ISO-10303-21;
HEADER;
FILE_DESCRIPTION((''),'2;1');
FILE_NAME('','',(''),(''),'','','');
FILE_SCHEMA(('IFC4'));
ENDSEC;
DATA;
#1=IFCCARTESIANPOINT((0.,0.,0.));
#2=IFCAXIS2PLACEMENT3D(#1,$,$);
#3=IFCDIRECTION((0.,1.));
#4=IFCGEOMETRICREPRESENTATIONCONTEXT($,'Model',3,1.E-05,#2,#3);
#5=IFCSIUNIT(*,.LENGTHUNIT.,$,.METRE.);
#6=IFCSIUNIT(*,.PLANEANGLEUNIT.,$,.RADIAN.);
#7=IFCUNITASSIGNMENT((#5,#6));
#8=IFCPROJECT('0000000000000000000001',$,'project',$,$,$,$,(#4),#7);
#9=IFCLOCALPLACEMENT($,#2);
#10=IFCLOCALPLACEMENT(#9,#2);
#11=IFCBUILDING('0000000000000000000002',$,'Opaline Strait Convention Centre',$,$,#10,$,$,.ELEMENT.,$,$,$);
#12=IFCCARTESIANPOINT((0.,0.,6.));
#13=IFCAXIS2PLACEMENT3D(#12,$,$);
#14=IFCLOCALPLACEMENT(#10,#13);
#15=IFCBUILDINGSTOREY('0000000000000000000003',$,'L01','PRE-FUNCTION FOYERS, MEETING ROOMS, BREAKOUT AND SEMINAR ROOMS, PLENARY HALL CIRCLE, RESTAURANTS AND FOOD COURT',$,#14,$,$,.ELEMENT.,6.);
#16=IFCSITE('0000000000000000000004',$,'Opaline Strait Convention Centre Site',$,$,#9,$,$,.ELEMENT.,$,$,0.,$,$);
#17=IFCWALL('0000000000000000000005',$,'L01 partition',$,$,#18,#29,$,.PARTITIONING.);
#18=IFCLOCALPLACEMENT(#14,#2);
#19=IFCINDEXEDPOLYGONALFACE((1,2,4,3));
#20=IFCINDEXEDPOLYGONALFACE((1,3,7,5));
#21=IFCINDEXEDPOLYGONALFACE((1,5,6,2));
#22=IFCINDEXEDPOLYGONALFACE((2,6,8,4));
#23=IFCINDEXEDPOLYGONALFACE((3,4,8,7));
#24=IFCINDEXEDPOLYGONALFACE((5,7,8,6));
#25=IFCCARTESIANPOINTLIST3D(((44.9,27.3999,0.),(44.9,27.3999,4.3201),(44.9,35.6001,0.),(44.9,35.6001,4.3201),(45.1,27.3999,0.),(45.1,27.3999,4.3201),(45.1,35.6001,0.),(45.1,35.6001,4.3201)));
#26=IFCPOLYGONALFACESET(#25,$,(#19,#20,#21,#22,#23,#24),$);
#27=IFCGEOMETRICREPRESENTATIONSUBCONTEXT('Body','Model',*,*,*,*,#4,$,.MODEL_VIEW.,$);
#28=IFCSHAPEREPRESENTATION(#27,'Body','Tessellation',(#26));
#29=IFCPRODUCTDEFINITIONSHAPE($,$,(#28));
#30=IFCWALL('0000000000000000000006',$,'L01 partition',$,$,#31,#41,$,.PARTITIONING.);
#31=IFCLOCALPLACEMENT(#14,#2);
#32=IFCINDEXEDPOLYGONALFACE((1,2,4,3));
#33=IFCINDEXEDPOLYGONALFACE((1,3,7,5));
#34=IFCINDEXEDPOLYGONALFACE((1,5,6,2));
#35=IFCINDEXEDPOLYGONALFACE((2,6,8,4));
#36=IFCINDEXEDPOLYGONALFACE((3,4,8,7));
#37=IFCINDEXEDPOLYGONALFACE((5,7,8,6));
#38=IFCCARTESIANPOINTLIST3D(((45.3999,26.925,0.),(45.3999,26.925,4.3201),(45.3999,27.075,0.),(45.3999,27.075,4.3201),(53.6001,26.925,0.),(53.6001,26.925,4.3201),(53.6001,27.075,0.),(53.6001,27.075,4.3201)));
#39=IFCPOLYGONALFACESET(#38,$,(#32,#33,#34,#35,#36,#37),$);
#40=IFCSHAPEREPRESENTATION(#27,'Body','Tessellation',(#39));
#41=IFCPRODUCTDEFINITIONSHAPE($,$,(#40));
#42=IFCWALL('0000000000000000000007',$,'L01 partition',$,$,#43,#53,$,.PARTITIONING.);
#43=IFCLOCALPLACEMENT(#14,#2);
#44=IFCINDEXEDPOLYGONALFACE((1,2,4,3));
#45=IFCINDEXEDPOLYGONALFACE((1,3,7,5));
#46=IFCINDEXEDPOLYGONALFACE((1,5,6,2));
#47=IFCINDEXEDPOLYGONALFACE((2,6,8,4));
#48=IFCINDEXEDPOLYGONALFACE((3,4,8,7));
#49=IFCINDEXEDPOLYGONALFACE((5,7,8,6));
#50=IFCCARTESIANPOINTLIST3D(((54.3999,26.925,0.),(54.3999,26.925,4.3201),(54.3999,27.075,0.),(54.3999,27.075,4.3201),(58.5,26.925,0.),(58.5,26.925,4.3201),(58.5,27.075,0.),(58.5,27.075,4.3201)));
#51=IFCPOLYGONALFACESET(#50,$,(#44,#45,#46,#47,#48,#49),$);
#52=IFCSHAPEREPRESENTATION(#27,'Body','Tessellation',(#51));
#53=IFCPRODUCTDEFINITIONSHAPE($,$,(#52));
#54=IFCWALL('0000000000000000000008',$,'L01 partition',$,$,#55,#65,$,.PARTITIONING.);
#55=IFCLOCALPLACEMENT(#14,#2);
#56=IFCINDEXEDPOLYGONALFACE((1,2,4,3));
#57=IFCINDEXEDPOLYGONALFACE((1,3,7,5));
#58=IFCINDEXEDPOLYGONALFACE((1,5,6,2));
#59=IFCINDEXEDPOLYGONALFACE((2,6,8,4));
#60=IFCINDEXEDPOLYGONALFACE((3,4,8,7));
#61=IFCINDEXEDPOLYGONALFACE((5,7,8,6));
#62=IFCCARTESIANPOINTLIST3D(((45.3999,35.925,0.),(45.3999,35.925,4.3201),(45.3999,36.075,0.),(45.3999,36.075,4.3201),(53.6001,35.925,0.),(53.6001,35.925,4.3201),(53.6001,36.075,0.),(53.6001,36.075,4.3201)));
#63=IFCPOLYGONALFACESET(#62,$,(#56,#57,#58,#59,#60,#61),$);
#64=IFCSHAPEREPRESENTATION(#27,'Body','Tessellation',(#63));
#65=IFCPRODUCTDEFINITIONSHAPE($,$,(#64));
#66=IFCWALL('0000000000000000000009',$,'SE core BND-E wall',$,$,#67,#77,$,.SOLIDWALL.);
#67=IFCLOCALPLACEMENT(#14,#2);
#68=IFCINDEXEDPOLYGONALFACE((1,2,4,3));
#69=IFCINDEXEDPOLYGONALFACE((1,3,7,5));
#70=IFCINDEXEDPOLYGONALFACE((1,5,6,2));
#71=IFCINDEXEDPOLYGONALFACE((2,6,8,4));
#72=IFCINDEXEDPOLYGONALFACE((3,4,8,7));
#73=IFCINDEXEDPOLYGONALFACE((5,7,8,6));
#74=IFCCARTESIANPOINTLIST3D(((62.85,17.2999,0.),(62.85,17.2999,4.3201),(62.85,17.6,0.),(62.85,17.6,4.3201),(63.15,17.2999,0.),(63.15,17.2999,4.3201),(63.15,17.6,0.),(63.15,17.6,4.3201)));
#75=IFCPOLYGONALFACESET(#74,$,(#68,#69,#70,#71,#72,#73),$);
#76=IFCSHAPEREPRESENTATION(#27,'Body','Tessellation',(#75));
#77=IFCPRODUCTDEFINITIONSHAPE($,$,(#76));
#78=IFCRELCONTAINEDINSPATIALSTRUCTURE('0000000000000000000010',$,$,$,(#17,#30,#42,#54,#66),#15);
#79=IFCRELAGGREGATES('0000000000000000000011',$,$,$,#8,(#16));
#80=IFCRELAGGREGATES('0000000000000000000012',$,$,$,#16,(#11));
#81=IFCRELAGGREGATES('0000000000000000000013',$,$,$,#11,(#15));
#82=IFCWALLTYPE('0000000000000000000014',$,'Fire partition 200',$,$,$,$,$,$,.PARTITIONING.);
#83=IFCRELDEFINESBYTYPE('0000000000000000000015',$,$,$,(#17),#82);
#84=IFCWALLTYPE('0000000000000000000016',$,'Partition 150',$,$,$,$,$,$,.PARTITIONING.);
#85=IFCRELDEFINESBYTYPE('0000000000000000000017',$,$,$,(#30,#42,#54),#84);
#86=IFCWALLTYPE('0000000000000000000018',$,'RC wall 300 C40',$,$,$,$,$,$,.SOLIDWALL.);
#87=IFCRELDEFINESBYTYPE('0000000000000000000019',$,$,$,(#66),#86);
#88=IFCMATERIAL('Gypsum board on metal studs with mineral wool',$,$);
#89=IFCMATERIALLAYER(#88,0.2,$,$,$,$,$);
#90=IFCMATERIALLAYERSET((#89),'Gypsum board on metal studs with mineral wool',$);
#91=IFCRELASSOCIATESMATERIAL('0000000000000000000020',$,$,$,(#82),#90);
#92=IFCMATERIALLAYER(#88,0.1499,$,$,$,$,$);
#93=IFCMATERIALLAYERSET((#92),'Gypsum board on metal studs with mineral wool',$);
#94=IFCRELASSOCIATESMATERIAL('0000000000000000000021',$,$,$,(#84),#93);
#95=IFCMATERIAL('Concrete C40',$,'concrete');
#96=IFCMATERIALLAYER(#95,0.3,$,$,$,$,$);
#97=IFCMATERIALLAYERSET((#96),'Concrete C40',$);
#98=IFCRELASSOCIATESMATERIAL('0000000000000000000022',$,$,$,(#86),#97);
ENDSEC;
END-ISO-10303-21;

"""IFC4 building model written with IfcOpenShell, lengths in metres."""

from ifc_helpers import new_model, si_unit, direction, frame, frame_2d, origin, place, context, subcontext, project, spatial, rectangle, extrude, material, layer, layer_set, type_object, element, save


model = new_model("IFC4")

# Units and contexts
model_context = context("Model", 3, precision=1e-05, world=origin(), true_north=direction((0.0, 1.0)))
body_context = subcontext(model_context, "Body", "Model", "MODEL_VIEW")
ifc_project = project(units=[si_unit("LENGTHUNIT", "METRE"), si_unit("PLANEANGLEUNIT", "RADIAN")], contexts=[model_context])

# Site, building, storey
site_placement = place(None, origin())
site = spatial("IfcSite", under=ifc_project, at=site_placement, Name="Opaline Strait Convention Centre Site", CompositionType="ELEMENT", RefElevation=0.0)
building_placement = place(site_placement, origin())
building = spatial("IfcBuilding", under=site, at=building_placement, Name="Opaline Strait Convention Centre", CompositionType="ELEMENT")
storey_placement = place(building_placement, frame((0.0, 0.0, 6.0)))
storey = spatial("IfcBuildingStorey", under=building, at=storey_placement, Name="L01", Description="PRE-FUNCTION FOYERS, MEETING ROOMS, BREAKOUT AND SEMINAR ROOMS, PLENARY HALL CIRCLE, RESTAURANTS AND FOOD COURT", CompositionType="ELEMENT", Elevation=6.0)

# Shared definitions
ifc_material_1 = material(Name="Concrete C40", Category="concrete")

# Walls
ifc_material_2 = material(Name="Gypsum board on metal studs with mineral wool")
ifc_layer_1 = layer(ifc_material_2, 0.2)
ifc_layer_set_1 = layer_set([ifc_layer_1], Name="Gypsum board on metal studs with mineral wool")
wall_type_1 = type_object("IfcWallType", Name="Fire partition 200", PredefinedType="PARTITIONING", material=ifc_layer_set_1)
wall_1_placement = place(storey_placement, frame((45.0, 27.3999, 0.0), z_axis=(0.0, 0.0, 1.0), x_axis=(0.0, 1.0, 0.0)))
element("IfcWall", 1, at=wall_1_placement, inside=storey, type_object=wall_type_1, Name="L01 partition", PredefinedType="PARTITIONING", context=body_context, shape_type="SweptSolid", body=[
    extrude(rectangle(XDim=8.2002, YDim=0.2, at=frame_2d((4.1001, 0.0))), origin(), (0.0, 0.0, 1.0), 4.3201),
])
ifc_layer_2 = layer(ifc_material_2, 0.1499)
ifc_layer_set_2 = layer_set([ifc_layer_2], Name="Gypsum board on metal studs with mineral wool")
wall_type_2 = type_object("IfcWallType", Name="Partition 150", PredefinedType="PARTITIONING", material=ifc_layer_set_2)
wall_2_placement = place(storey_placement, frame((45.3999, 27.0, 0.0), z_axis=(0.0, 0.0, 1.0), x_axis=(1.0, 0.0, 0.0)))
element("IfcWall", 2, at=wall_2_placement, inside=storey, type_object=wall_type_2, Name="L01 partition", PredefinedType="PARTITIONING", context=body_context, shape_type="SweptSolid", body=[
    extrude(rectangle(XDim=8.2002, YDim=0.1499, at=frame_2d((4.1001, 0.0))), origin(), (0.0, 0.0, 1.0), 4.3201),
])
wall_3_placement = place(storey_placement, frame((54.3999, 27.0, 0.0), z_axis=(0.0, 0.0, 1.0), x_axis=(1.0, 0.0, 0.0)))
element("IfcWall", 3, at=wall_3_placement, inside=storey, type_object=wall_type_2, Name="L01 partition", PredefinedType="PARTITIONING", context=body_context, shape_type="SweptSolid", body=[
    extrude(rectangle(XDim=4.1001, YDim=0.1499, at=frame_2d((2.05, 0.0))), origin(), (0.0, 0.0, 1.0), 4.3201),
])
wall_4_placement = place(storey_placement, frame((45.3999, 36.0, 0.0), z_axis=(0.0, 0.0, 1.0), x_axis=(1.0, 0.0, 0.0)))
element("IfcWall", 4, at=wall_4_placement, inside=storey, type_object=wall_type_2, Name="L01 partition", PredefinedType="PARTITIONING", context=body_context, shape_type="SweptSolid", body=[
    extrude(rectangle(XDim=8.2002, YDim=0.1499, at=frame_2d((4.1001, 0.0))), origin(), (0.0, 0.0, 1.0), 4.3201),
])
ifc_layer_3 = layer(ifc_material_1, 0.3)
ifc_layer_set_3 = layer_set([ifc_layer_3], Name="Concrete C40")
wall_type_3 = type_object("IfcWallType", Name="RC wall 300 C40", PredefinedType="SOLIDWALL", material=ifc_layer_set_3)
wall_5_placement = place(storey_placement, frame((63.0, 17.3, 0.0), z_axis=(0.0, 0.0, 1.0), x_axis=(0.0, 1.0, 0.0)))
element("IfcWall", 5, at=wall_5_placement, inside=storey, type_object=wall_type_3, Name="SE core BND-E wall", PredefinedType="SOLIDWALL", context=body_context, shape_type="SweptSolid", body=[
    extrude(rectangle(XDim=0.3, YDim=0.3, at=frame_2d((0.1499, 0.0))), origin(), (0.0, 0.0, 1.0), 4.3201),
])

save(model, "model.ifc")
